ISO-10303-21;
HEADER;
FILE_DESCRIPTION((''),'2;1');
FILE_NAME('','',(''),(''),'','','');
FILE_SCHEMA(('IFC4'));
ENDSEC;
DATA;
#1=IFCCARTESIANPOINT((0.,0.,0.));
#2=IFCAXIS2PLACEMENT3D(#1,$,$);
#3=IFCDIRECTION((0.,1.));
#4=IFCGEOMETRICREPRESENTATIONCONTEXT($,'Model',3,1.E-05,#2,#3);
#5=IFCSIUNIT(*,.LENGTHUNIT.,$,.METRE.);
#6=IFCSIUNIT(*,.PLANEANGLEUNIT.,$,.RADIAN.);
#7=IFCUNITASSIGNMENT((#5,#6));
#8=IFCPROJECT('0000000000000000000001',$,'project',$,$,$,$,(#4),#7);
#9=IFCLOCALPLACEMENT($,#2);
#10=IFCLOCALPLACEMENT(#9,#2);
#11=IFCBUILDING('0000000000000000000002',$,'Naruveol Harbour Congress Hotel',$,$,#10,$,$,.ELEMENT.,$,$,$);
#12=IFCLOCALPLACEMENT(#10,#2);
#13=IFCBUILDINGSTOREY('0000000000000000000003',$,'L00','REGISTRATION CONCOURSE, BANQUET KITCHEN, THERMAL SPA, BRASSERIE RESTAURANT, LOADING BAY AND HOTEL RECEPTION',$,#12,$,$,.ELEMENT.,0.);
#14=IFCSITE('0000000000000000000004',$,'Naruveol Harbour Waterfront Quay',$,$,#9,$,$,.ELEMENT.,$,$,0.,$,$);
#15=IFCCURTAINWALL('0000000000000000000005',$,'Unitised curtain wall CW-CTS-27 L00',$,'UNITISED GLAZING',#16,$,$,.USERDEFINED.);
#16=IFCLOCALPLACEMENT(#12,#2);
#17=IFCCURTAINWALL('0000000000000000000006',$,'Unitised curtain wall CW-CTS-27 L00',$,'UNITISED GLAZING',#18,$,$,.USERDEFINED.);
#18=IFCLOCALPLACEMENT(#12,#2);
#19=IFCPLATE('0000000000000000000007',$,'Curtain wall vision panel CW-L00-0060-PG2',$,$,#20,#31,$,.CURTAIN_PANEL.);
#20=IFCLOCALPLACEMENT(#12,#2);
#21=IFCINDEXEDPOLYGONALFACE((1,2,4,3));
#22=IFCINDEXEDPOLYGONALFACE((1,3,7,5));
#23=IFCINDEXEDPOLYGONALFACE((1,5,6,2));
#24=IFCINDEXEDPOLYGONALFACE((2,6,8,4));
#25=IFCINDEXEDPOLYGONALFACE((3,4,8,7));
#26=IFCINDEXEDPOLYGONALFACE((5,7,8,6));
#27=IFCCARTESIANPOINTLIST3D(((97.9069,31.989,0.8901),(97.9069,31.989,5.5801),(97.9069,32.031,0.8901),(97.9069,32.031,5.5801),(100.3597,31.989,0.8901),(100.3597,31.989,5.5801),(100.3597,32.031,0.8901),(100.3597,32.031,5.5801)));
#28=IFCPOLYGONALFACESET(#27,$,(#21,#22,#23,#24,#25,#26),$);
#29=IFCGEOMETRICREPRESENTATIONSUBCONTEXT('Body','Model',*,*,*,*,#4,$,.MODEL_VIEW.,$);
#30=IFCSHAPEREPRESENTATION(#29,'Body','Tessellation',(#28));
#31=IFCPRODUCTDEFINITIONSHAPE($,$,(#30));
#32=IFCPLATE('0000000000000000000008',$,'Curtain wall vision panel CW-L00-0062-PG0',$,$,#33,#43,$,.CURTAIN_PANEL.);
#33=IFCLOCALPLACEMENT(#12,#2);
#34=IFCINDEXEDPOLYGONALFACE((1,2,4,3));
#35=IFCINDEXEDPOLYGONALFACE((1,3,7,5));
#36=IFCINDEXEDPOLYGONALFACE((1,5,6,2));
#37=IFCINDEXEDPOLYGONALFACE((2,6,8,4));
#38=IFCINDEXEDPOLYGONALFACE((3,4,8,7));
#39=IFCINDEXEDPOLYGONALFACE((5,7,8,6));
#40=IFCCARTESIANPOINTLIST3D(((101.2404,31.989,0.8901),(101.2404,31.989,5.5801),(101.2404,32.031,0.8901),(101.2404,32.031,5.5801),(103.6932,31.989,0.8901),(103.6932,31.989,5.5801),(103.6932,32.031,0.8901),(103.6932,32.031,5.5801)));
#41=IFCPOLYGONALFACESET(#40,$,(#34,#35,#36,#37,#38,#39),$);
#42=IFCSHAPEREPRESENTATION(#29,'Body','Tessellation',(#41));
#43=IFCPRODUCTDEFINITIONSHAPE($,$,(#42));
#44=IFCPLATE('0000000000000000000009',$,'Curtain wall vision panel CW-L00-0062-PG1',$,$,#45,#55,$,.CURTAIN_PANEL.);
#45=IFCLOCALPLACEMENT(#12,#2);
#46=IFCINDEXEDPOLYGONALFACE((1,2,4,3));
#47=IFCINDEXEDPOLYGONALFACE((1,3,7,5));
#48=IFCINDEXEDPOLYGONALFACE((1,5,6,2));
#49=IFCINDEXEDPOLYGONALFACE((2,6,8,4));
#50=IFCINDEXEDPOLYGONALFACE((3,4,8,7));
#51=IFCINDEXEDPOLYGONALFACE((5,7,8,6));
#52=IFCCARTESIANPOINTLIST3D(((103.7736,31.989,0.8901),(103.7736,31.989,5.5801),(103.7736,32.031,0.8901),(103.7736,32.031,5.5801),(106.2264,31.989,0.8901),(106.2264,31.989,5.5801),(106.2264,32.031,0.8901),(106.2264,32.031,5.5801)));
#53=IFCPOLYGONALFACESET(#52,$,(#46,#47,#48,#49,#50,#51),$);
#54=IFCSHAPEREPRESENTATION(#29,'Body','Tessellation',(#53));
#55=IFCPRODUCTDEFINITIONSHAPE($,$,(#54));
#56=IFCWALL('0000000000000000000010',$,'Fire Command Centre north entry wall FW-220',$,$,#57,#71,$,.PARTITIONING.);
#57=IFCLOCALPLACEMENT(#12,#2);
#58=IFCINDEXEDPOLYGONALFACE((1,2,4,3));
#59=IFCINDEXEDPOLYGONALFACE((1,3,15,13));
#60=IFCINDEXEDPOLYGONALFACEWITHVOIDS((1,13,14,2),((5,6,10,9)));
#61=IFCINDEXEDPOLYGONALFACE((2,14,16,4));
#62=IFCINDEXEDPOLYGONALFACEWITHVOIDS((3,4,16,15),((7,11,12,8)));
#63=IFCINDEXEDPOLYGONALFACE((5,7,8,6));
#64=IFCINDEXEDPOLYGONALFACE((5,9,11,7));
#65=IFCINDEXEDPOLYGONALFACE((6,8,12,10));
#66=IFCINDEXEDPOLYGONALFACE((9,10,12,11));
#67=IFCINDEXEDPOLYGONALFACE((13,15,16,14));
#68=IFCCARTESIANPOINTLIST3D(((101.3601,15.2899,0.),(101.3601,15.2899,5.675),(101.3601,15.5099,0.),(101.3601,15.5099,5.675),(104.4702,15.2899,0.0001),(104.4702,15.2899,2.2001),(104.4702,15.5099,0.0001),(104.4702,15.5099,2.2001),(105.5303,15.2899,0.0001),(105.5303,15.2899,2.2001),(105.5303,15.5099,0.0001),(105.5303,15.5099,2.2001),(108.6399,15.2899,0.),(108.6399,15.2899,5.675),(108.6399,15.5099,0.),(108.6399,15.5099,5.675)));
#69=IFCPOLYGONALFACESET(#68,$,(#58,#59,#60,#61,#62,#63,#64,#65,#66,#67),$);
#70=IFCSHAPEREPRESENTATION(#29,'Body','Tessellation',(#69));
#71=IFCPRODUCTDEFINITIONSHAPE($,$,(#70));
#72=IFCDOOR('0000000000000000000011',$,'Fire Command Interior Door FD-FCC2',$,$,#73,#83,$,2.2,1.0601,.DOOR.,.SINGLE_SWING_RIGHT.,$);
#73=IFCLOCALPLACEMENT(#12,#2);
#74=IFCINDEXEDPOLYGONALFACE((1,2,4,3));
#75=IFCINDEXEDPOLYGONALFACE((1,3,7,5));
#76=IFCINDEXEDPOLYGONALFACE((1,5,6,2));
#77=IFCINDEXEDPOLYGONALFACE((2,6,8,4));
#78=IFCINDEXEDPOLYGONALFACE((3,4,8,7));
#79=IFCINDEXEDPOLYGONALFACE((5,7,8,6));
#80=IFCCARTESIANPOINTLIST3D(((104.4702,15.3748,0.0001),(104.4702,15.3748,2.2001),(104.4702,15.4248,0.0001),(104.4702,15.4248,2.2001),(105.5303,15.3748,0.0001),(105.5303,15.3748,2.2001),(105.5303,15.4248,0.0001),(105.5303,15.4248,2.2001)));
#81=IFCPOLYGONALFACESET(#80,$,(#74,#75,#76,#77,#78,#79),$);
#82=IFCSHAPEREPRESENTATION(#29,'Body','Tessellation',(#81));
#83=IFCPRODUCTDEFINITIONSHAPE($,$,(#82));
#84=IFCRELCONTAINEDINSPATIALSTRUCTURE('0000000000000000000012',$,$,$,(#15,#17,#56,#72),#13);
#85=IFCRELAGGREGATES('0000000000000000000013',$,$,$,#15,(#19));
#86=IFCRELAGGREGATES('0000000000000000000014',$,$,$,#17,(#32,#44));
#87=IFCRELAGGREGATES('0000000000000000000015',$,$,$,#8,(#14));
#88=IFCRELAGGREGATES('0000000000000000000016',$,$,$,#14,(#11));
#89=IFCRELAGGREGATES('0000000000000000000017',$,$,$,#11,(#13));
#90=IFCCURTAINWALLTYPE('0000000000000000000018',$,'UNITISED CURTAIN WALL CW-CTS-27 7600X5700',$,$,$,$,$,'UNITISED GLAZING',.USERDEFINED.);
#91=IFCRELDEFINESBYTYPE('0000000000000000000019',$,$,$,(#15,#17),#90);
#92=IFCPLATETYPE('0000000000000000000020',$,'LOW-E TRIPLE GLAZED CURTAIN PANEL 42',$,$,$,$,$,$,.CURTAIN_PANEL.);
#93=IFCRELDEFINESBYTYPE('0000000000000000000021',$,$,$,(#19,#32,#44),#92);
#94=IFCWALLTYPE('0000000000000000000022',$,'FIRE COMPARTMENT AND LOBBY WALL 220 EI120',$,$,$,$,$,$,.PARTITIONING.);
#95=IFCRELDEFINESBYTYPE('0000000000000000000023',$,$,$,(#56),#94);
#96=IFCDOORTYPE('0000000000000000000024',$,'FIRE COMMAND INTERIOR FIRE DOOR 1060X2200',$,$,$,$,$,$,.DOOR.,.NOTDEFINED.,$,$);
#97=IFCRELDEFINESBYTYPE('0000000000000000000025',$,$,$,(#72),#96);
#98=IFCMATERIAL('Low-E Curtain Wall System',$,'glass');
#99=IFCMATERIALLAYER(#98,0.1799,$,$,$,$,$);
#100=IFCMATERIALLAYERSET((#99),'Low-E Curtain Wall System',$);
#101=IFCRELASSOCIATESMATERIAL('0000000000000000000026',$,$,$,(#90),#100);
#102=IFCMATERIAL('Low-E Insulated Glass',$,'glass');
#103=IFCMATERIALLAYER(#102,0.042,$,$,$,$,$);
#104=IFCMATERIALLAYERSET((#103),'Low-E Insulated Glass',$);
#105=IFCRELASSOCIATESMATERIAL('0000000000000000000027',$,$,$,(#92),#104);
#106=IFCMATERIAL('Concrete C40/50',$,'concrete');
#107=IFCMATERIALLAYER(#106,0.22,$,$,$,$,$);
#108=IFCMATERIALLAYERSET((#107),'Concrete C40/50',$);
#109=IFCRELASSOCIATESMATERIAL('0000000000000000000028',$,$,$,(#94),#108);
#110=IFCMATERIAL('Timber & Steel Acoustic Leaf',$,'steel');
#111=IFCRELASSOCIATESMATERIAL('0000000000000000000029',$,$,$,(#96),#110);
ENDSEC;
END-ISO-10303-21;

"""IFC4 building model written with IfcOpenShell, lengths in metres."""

from ifc_helpers import new_model, si_unit, direction, frame, frame_2d, origin, origin_2d, place, context, subcontext, project, spatial, rectangle, extrude, material, layer, layer_set, type_object, element, fill, aggregate, save


model = new_model("IFC4")

# Units and contexts
model_context = context("Model", 3, precision=1e-05, world=origin(), true_north=direction((0.0, 1.0)))
body_context = subcontext(model_context, "Body", "Model", "MODEL_VIEW")
ifc_project = project(units=[si_unit("LENGTHUNIT", "METRE"), si_unit("PLANEANGLEUNIT", "RADIAN")], contexts=[model_context])

# Site, building, storey
site_placement = place(None, origin())
site = spatial("IfcSite", under=ifc_project, at=site_placement, Name="Naruveol Harbour Waterfront Quay", CompositionType="ELEMENT", RefElevation=0.0)
building_placement = place(site_placement, origin())
building = spatial("IfcBuilding", under=site, at=building_placement, Name="Naruveol Harbour Congress Hotel", CompositionType="ELEMENT")
storey_placement = place(building_placement, origin())
storey = spatial("IfcBuildingStorey", under=building, at=storey_placement, Name="L00", Description="REGISTRATION CONCOURSE, BANQUET KITCHEN, THERMAL SPA, BRASSERIE RESTAURANT, LOADING BAY AND HOTEL RECEPTION", CompositionType="ELEMENT", Elevation=0.0)

# Curtain walls
ifc_material_1 = material(Name="Low-E Curtain Wall System", Category="glass")
ifc_layer_1 = layer(ifc_material_1, 0.1799)
ifc_layer_set_1 = layer_set([ifc_layer_1], Name="Low-E Curtain Wall System")
curtain_wall_type = type_object("IfcCurtainWallType", Name="UNITISED CURTAIN WALL CW-CTS-27 7600X5700", ElementType="UNITISED GLAZING", PredefinedType="USERDEFINED", material=ifc_layer_set_1)
curtain_wall_1_placement = place(storey_placement, origin())
curtain_wall_1 = element("IfcCurtainWall", 1, at=curtain_wall_1_placement, inside=storey, type_object=curtain_wall_type, Name="Unitised curtain wall CW-CTS-27 L00", ObjectType="UNITISED GLAZING", PredefinedType="USERDEFINED")
curtain_wall_2_placement = place(storey_placement, origin())
curtain_wall_2 = element("IfcCurtainWall", 2, at=curtain_wall_2_placement, inside=storey, type_object=curtain_wall_type, Name="Unitised curtain wall CW-CTS-27 L00", ObjectType="UNITISED GLAZING", PredefinedType="USERDEFINED")

# Plates
ifc_material_2 = material(Name="Low-E Insulated Glass", Category="glass")
ifc_layer_2 = layer(ifc_material_2, 0.042)
ifc_layer_set_2 = layer_set([ifc_layer_2], Name="Low-E Insulated Glass")
plate_type_1 = type_object("IfcPlateType", Name="LOW-E TRIPLE GLAZED CURTAIN PANEL 42", PredefinedType="CURTAIN_PANEL", material=ifc_layer_set_2)
plate_1_placement = place(storey_placement, frame((99.1333, 32.01, 0.8901), z_axis=(0.0, 0.0, 1.0), x_axis=(1.0, 0.0, 0.0)))
plate_1 = element("IfcPlate", 3, at=plate_1_placement, type_object=plate_type_1, Name="Curtain wall vision panel CW-L00-0060-PG2", PredefinedType="CURTAIN_PANEL", context=body_context, shape_type="SweptSolid", body=[
    extrude(rectangle(XDim=2.4529, YDim=0.042, at=origin_2d()), origin(), (0.0, 0.0, 1.0), 4.6899),
])
aggregate(curtain_wall_1, [plate_1])
plate_2_placement = place(storey_placement, frame((102.4668, 32.01, 0.8901), z_axis=(0.0, 0.0, 1.0), x_axis=(1.0, 0.0, 0.0)))
plate_2 = element("IfcPlate", 4, at=plate_2_placement, type_object=plate_type_1, Name="Curtain wall vision panel CW-L00-0062-PG0", PredefinedType="CURTAIN_PANEL", context=body_context, shape_type="SweptSolid", body=[
    extrude(rectangle(XDim=2.4529, YDim=0.042, at=origin_2d()), origin(), (0.0, 0.0, 1.0), 4.6899),
])
plate_3_placement = place(storey_placement, frame((105.0, 32.01, 0.8901), z_axis=(0.0, 0.0, 1.0), x_axis=(1.0, 0.0, 0.0)))
plate_3 = element("IfcPlate", 5, at=plate_3_placement, type_object=plate_type_1, Name="Curtain wall vision panel CW-L00-0062-PG1", PredefinedType="CURTAIN_PANEL", context=body_context, shape_type="SweptSolid", body=[
    extrude(rectangle(XDim=2.4529, YDim=0.042, at=origin_2d()), origin(), (0.0, 0.0, 1.0), 4.6899),
])
aggregate(curtain_wall_2, [plate_2, plate_3])

# Wall, opening, door
ifc_material_3 = material(Name="Concrete C40/50", Category="concrete")
ifc_layer_3 = layer(ifc_material_3, 0.22)
ifc_layer_set_3 = layer_set([ifc_layer_3], Name="Concrete C40/50")
wall_type = type_object("IfcWallType", Name="FIRE COMPARTMENT AND LOBBY WALL 220 EI120", PredefinedType="PARTITIONING", material=ifc_layer_set_3)
wall_placement = place(storey_placement, frame((101.3601, 15.3999, 0.0), z_axis=(0.0, 0.0, 1.0), x_axis=(1.0, 0.0, 0.0)))
wall = element("IfcWall", 6, at=wall_placement, inside=storey, type_object=wall_type, Name="Fire Command Centre north entry wall FW-220", PredefinedType="PARTITIONING", context=body_context, shape_type="SweptSolid", body=[
    extrude(rectangle(XDim=7.2798, YDim=0.22, at=frame_2d((3.6399, 0.0))), origin(), (0.0, 0.0, 1.0), 5.675),
])
opening_placement = place(wall_placement, frame((3.1101, 0.0, 0.0)))
opening = element("IfcOpeningElement", 7, at=opening_placement, cuts=wall, PredefinedType="OPENING", context=body_context, shape_type="SweptSolid", body=[
    extrude(rectangle(XDim=1.0601, YDim=2.2, at=frame_2d((0.53, 1.1001))), frame((0.0, 0.1199, 0.0), z_axis=(0.0, -1.0, 0.0), x_axis=(1.0, 0.0, 0.0)), (0.0, 0.0, 1.0), 0.24),
])
ifc_material_4 = material(Name="Timber & Steel Acoustic Leaf", Category="steel")
door_type = type_object("IfcDoorType", Name="FIRE COMMAND INTERIOR FIRE DOOR 1060X2200", OperationType="NOTDEFINED", PredefinedType="DOOR", material=ifc_material_4)
door_placement = place(opening_placement, origin())
door = element("IfcDoor", 8, at=door_placement, inside=storey, type_object=door_type, Name="Fire Command Interior Door FD-FCC2", OperationType="SINGLE_SWING_RIGHT", OverallHeight=2.2, OverallWidth=1.0601, PredefinedType="DOOR", context=body_context, shape_type="SweptSolid", body=[
    extrude(rectangle(XDim=1.0601, YDim=2.2, at=frame_2d((0.53, 1.1001))), frame((0.0, 0.0249, 0.0), z_axis=(0.0, -1.0, 0.0), x_axis=(1.0, 0.0, 0.0)), (0.0, 0.0, 1.0), 0.05),
])
fill(opening, door)

save(model, "model.ifc")
